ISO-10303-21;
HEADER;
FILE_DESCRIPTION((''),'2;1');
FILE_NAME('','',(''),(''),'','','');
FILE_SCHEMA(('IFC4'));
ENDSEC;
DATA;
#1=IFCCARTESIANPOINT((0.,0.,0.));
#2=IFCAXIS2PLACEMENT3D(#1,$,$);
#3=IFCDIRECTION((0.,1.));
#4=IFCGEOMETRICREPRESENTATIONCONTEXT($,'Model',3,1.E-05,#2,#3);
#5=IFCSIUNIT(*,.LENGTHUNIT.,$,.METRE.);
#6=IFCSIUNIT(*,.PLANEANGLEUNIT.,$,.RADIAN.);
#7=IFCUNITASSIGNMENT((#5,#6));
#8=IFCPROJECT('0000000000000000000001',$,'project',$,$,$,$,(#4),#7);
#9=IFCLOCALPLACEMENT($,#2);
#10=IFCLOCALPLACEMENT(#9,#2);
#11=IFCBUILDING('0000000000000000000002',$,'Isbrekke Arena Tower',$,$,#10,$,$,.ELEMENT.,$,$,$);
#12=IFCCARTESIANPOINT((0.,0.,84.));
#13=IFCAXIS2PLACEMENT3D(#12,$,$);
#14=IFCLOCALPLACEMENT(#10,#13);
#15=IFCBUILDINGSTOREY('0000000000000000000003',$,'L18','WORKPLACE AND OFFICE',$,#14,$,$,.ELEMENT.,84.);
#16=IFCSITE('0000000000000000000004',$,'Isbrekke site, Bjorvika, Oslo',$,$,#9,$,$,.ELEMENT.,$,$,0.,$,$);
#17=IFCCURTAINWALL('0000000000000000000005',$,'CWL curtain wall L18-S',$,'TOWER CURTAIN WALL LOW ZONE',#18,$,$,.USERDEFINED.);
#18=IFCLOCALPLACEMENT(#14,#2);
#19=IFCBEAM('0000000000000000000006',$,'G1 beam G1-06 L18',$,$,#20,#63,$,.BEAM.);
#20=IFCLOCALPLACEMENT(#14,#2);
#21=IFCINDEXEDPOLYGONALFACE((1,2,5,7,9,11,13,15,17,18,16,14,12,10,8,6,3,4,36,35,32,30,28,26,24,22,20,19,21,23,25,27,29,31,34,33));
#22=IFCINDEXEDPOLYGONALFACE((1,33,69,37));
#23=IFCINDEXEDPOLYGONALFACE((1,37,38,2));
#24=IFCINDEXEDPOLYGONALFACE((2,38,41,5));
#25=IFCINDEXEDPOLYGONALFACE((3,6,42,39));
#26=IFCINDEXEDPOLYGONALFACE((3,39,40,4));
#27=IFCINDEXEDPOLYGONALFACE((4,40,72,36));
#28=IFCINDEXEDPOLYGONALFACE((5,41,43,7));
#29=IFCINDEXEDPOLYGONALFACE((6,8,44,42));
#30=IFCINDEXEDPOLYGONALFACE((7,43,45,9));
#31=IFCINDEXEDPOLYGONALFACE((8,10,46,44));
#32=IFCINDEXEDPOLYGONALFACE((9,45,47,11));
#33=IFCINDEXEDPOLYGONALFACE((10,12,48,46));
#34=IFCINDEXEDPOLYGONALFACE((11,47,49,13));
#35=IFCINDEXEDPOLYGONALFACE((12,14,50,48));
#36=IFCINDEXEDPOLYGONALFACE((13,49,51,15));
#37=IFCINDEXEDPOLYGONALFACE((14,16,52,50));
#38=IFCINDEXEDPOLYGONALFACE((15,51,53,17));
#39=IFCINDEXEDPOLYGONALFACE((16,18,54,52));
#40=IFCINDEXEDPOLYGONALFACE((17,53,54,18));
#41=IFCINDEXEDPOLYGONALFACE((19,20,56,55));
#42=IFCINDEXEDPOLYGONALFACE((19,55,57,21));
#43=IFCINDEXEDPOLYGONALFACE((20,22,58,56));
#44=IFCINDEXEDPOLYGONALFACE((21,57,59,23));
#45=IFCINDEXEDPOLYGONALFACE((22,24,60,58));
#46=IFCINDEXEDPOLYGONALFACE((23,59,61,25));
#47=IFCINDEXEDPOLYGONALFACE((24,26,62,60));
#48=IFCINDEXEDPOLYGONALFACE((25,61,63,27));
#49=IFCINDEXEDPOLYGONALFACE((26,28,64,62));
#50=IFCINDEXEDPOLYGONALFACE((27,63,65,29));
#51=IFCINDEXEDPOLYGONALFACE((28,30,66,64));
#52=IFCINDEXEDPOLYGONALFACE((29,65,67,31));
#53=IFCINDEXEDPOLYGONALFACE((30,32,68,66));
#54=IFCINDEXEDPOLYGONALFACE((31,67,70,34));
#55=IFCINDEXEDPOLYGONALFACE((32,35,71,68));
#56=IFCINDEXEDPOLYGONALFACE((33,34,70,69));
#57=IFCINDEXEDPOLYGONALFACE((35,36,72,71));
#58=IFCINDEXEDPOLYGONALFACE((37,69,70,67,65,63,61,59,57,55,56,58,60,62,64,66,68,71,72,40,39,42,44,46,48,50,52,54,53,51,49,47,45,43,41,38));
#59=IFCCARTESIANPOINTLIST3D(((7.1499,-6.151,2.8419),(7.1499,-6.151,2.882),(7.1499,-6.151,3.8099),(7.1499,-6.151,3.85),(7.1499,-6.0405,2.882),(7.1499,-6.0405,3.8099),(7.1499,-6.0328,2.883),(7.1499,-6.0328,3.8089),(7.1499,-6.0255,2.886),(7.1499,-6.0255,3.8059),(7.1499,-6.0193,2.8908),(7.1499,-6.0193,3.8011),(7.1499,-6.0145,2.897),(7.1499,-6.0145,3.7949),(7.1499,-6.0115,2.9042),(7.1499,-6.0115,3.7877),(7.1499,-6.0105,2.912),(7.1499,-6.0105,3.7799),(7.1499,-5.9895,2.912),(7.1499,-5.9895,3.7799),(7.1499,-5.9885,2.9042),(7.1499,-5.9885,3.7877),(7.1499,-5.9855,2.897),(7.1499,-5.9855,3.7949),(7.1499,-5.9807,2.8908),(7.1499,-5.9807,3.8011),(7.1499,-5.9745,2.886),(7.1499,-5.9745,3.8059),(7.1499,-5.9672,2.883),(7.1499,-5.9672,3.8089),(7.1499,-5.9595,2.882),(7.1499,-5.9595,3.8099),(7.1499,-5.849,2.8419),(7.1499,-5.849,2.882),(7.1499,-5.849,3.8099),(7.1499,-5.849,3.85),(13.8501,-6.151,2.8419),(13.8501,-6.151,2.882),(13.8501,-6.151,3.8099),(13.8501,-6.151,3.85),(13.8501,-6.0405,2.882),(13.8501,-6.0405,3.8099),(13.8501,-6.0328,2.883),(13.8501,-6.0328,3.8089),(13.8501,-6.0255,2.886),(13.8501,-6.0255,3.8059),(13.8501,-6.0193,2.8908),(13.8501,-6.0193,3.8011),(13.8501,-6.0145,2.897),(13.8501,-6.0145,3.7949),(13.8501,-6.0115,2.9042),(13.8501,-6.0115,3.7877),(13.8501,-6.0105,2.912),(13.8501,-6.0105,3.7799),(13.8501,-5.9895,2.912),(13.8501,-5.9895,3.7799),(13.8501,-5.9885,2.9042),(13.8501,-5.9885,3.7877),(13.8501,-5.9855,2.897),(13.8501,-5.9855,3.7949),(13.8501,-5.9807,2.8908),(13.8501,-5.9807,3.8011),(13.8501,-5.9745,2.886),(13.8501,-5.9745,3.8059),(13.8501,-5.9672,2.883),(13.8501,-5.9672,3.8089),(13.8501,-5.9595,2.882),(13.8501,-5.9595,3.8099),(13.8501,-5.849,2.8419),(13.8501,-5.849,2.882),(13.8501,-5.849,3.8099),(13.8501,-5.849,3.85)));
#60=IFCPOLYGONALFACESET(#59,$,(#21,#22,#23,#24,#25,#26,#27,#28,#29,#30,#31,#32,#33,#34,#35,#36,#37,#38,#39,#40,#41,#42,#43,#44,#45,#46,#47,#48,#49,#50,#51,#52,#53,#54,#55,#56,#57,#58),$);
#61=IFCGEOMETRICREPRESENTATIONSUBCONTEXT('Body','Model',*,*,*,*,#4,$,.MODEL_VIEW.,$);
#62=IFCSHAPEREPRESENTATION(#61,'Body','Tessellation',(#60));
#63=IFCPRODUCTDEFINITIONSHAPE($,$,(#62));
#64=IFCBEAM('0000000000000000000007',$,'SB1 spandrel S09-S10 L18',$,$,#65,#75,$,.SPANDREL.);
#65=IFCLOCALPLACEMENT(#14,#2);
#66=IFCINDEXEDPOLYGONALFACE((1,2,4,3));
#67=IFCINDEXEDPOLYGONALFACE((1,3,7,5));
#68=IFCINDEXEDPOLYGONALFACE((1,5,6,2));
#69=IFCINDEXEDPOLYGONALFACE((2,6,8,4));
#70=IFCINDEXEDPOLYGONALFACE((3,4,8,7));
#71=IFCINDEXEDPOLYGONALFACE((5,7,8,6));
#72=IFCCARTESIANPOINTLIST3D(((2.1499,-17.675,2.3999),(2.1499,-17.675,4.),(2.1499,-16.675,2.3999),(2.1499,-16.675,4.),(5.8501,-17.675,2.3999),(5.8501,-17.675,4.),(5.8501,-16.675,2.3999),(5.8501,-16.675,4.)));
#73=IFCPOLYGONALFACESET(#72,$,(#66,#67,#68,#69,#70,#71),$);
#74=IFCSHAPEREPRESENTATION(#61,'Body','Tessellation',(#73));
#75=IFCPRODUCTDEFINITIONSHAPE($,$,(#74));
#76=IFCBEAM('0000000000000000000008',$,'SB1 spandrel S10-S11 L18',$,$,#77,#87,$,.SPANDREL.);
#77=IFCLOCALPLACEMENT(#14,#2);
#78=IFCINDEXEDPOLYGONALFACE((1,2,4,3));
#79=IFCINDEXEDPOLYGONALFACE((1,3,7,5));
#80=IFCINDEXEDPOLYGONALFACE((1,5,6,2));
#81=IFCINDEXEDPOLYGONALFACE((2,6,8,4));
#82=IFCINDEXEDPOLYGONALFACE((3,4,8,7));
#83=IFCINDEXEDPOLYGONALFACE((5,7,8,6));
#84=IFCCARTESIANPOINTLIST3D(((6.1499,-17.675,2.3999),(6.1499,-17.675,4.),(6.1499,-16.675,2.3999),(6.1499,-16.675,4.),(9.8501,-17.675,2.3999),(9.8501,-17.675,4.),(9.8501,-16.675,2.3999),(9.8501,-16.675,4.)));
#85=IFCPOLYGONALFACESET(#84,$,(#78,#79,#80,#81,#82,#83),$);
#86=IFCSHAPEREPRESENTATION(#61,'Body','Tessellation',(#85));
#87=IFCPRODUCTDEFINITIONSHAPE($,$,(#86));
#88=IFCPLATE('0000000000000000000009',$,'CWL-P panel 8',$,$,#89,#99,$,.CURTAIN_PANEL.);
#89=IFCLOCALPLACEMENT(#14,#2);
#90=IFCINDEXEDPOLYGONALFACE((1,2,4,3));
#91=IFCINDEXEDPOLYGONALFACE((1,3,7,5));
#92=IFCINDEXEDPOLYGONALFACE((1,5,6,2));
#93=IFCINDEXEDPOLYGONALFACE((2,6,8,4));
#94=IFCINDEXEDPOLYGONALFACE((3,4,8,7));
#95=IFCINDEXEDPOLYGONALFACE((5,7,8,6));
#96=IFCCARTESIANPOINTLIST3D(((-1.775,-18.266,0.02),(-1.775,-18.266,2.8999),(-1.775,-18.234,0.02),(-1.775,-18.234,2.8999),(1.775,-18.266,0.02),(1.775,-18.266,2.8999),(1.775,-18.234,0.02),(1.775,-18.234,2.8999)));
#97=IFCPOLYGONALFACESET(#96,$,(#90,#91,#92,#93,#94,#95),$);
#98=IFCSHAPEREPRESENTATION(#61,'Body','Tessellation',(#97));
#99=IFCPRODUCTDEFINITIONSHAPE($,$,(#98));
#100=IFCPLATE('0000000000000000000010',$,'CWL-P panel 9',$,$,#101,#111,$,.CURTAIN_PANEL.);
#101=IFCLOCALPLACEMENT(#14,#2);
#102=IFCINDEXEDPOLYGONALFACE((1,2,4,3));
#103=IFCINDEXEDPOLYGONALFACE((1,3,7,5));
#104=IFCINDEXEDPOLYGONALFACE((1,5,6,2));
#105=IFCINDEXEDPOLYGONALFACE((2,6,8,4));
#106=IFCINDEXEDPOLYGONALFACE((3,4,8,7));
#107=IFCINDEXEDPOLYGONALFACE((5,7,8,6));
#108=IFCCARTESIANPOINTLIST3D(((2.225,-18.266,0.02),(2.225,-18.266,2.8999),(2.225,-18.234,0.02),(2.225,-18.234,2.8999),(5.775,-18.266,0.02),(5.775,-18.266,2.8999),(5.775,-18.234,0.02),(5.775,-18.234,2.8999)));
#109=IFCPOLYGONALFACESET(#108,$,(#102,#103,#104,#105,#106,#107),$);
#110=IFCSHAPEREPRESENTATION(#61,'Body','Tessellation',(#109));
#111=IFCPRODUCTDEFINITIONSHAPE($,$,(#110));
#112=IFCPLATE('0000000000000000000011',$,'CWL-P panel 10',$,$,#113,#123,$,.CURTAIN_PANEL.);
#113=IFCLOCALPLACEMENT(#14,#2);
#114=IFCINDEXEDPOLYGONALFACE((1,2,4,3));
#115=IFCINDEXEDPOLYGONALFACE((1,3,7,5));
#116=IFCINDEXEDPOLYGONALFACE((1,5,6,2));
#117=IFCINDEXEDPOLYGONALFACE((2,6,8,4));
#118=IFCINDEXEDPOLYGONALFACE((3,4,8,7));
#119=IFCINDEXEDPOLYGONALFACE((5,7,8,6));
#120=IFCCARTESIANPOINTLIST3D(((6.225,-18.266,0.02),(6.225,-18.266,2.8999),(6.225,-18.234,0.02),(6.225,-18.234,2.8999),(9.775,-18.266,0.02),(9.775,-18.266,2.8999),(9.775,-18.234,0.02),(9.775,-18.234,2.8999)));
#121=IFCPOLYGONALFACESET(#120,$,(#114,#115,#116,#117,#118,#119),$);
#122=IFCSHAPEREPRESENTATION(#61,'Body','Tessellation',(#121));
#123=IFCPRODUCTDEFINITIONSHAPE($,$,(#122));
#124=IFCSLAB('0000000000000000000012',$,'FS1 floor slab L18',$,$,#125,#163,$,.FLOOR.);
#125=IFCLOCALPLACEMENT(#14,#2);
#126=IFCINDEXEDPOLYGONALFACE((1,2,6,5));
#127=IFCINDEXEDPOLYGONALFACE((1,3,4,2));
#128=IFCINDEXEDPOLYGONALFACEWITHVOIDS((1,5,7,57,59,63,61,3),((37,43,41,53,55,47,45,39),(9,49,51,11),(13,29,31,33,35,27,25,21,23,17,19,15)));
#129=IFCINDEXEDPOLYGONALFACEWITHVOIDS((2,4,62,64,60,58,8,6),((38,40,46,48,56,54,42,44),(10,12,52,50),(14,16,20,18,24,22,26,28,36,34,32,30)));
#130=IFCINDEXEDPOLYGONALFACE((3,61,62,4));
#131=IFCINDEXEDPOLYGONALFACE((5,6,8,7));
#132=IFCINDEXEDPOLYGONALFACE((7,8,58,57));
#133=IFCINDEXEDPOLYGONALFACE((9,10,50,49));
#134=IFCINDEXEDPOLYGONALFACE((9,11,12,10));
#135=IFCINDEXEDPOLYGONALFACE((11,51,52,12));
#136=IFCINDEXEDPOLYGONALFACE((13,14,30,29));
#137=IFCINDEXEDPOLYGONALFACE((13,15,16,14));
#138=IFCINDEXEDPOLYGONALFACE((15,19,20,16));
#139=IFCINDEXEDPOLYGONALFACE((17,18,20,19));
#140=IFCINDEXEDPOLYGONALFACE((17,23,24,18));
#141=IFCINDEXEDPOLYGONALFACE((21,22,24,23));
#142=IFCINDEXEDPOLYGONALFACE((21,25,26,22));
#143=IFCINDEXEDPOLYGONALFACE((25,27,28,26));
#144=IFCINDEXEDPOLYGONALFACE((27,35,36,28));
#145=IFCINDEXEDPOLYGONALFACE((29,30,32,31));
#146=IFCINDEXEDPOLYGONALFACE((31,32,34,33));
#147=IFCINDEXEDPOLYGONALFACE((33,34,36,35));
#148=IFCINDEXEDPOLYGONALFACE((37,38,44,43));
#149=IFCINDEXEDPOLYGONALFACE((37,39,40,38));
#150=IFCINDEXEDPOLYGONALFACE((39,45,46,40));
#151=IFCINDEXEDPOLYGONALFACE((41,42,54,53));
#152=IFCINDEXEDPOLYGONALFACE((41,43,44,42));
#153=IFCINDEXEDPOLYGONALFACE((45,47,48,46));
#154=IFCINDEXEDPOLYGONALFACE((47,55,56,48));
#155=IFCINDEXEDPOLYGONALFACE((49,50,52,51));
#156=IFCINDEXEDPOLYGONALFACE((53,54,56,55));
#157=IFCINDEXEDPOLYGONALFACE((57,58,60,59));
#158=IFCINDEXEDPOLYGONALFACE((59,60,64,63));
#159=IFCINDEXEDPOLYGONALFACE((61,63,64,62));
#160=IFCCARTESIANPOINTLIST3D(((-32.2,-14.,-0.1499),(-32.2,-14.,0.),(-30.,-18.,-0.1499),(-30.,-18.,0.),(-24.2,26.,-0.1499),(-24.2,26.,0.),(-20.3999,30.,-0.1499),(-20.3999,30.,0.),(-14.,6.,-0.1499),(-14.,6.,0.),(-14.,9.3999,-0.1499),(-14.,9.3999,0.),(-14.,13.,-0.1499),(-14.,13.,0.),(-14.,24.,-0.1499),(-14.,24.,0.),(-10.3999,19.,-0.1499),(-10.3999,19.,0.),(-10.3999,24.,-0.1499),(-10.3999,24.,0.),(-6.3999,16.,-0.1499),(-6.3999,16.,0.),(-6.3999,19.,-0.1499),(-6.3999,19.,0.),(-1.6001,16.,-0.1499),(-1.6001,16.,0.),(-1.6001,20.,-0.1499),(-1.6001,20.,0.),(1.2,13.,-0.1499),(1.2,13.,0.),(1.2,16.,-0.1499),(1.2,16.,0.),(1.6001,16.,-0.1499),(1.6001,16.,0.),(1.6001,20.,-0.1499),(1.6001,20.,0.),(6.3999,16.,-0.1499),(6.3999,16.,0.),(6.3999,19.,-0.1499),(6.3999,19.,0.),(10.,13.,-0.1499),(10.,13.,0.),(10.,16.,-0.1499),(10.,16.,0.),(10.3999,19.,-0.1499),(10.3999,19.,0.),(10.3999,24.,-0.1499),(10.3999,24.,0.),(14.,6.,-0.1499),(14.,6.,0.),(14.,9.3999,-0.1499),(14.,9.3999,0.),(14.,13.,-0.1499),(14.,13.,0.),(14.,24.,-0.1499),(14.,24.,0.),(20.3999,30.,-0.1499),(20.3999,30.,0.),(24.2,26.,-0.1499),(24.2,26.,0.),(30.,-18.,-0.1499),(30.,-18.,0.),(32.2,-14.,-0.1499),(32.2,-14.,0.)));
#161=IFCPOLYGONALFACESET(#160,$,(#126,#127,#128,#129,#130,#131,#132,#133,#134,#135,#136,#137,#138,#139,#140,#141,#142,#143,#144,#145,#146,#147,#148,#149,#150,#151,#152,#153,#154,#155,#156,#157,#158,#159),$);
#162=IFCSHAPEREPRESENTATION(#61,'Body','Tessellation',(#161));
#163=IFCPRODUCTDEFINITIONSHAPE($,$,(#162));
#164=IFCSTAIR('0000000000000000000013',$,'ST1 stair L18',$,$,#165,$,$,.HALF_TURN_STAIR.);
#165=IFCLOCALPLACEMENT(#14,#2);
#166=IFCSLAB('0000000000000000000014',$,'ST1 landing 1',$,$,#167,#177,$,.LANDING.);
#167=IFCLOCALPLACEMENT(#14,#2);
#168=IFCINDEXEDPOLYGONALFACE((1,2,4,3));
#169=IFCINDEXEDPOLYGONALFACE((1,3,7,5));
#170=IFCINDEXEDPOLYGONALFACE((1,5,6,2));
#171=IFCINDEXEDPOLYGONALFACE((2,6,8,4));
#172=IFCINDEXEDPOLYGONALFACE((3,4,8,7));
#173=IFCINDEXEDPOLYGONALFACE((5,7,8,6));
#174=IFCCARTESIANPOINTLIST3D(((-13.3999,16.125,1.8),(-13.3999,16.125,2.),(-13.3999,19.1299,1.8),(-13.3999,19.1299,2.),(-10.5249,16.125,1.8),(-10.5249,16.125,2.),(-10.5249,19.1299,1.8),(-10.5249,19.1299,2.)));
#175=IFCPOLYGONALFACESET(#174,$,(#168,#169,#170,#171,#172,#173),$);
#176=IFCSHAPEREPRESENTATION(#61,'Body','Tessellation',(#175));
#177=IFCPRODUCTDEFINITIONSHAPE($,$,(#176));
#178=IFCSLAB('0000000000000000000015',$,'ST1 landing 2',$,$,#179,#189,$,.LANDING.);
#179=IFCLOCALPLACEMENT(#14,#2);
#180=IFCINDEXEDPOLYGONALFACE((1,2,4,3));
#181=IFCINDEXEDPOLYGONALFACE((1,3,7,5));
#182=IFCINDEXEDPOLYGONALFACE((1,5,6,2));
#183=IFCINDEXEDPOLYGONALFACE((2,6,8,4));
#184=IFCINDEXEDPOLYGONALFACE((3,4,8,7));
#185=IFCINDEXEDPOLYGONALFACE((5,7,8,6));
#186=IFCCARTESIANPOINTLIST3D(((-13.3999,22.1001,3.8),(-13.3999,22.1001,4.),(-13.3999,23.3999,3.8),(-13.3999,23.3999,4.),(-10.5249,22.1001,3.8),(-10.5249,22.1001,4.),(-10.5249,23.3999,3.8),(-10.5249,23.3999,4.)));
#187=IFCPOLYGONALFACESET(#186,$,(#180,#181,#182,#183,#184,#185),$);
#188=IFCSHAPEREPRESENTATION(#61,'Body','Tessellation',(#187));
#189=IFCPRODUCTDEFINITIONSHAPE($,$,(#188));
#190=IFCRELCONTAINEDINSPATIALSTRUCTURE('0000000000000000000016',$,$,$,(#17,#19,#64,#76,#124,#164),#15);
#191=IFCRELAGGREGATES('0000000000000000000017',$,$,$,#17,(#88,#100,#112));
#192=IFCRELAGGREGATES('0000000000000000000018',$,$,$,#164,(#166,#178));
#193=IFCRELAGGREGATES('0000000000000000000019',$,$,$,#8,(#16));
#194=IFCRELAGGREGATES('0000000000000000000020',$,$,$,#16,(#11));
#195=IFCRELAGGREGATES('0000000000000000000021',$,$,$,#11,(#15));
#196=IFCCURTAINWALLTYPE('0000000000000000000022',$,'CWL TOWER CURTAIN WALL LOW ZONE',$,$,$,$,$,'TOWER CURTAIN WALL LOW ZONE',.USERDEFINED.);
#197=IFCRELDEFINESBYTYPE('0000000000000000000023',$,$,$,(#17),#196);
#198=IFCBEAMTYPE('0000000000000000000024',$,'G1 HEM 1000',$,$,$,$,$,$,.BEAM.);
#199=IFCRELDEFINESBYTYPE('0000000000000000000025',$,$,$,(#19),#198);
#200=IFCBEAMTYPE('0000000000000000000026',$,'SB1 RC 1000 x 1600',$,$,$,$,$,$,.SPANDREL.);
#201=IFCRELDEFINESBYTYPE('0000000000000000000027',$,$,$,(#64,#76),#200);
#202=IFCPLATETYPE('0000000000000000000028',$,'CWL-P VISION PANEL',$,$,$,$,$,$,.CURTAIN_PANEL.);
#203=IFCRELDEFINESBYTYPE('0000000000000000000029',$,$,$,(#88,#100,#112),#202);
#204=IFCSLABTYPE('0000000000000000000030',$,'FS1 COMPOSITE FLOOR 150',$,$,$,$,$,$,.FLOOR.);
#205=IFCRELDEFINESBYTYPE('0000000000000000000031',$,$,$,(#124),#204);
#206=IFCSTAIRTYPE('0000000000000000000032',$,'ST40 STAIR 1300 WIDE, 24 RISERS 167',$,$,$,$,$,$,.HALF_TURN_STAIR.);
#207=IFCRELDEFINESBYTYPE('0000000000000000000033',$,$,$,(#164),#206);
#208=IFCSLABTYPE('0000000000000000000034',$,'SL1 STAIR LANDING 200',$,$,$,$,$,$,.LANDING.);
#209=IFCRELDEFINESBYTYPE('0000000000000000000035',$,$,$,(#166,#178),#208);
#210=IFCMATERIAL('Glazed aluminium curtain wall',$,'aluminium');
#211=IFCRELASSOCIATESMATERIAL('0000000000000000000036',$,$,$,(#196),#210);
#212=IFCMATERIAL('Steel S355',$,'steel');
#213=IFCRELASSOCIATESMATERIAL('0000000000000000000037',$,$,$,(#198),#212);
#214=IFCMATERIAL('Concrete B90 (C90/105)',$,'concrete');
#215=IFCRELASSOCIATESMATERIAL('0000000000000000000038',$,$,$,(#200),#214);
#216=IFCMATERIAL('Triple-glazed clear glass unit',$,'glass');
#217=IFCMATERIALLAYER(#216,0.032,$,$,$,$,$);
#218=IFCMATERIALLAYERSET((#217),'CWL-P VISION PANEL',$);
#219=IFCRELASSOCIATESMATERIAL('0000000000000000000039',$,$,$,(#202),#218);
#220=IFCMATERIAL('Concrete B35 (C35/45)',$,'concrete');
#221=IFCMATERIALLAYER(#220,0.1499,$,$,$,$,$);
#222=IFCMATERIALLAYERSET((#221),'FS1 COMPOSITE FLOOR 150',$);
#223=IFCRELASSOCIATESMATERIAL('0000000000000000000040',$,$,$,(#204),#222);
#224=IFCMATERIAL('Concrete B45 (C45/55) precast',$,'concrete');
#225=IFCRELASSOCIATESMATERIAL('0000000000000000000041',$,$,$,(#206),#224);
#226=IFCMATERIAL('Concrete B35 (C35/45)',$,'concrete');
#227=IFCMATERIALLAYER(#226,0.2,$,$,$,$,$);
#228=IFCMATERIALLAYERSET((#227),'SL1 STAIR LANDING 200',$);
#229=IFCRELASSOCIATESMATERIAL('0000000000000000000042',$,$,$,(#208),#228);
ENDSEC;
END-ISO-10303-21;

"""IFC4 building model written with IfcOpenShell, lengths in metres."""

from ifc_helpers import new_model, si_unit, direction, frame, origin, origin_2d, place, context, subcontext, project, spatial, polyline, rectangle, i_section, outline, extrude, material, layer, layer_set, material_profile, profile_set, type_object, element, aggregate, save


model = new_model("IFC4")

# Units and contexts
model_context = context("Model", 3, precision=1e-05, world=origin(), true_north=direction((0.0, 1.0)))
body_context = subcontext(model_context, "Body", "Model", "MODEL_VIEW")
ifc_project = project(units=[si_unit("LENGTHUNIT", "METRE"), si_unit("PLANEANGLEUNIT", "RADIAN")], contexts=[model_context])

# Site, building, storey
site_placement = place(None, origin())
site = spatial("IfcSite", under=ifc_project, at=site_placement, Name="Isbrekke site, Bjorvika, Oslo", CompositionType="ELEMENT", RefElevation=0.0)
building_placement = place(site_placement, origin())
building = spatial("IfcBuilding", under=site, at=building_placement, Name="Isbrekke Arena Tower", CompositionType="ELEMENT")
storey_placement = place(building_placement, frame((0.0, 0.0, 84.0)))
storey = spatial("IfcBuildingStorey", under=building, at=storey_placement, Name="L18", Description="WORKPLACE AND OFFICE", CompositionType="ELEMENT", Elevation=84.0)

# Curtain wall
ifc_material_1 = material(Name="Glazed aluminium curtain wall", Category="aluminium")
curtain_wall_type = type_object("IfcCurtainWallType", Name="CWL TOWER CURTAIN WALL LOW ZONE", ElementType="TOWER CURTAIN WALL LOW ZONE", PredefinedType="USERDEFINED", material=ifc_material_1)
curtain_wall_placement = place(storey_placement, origin())
curtain_wall = element("IfcCurtainWall", 1, at=curtain_wall_placement, inside=storey, type_object=curtain_wall_type, Name="CWL curtain wall L18-S", ObjectType="TOWER CURTAIN WALL LOW ZONE", PredefinedType="USERDEFINED")

# Beams
ifc_material_2 = material(Name="Steel S355", Category="steel")
ifc_material_profile_1 = material_profile(ifc_material_2, i_section(OverallWidth=0.302, OverallDepth=1.0081, WebThickness=0.021, FlangeThickness=0.04, FilletRadius=0.03, at=origin_2d()), Name="HEM 1000")
ifc_profile_set_1 = profile_set([ifc_material_profile_1], Name="Steel S355")
beam_type_1 = type_object("IfcBeamType", Name="G1 HEM 1000", PredefinedType="BEAM", material=ifc_profile_set_1)
for number, where, z_axis, x_axis, name in (
    (2, (7.1499, -6.0, 3.3459), (1.0, 0.0, 0.0), (0.0, 1.0, 0.0), "G1 beam G1-06 L18"),
):
    element("IfcBeam", number, at=place(storey_placement, frame(where, z_axis=z_axis, x_axis=x_axis)), inside=storey, type_object=beam_type_1, Name=name, PredefinedType="BEAM", context=body_context, shape_type="SweptSolid", body=[
        extrude(i_section(OverallWidth=0.302, OverallDepth=1.0081, WebThickness=0.021, FlangeThickness=0.04, FilletRadius=0.03, at=origin_2d()), origin(), (0.0, 0.0, 1.0), 6.7002),
    ])
ifc_material_3 = material(Name="Concrete B90 (C90/105)", Category="concrete")
ifc_material_profile_2 = material_profile(ifc_material_3, rectangle(XDim=1.0, YDim=1.6001, at=origin_2d()), Name="RC 1000x1600")
ifc_profile_set_2 = profile_set([ifc_material_profile_2], Name="Concrete B90 (C90/105)")
beam_type_2 = type_object("IfcBeamType", Name="SB1 RC 1000 x 1600", PredefinedType="SPANDREL", material=ifc_profile_set_2)
for number, where, z_axis, x_axis, name in (
    (3, (2.1499, -17.175, 3.2), (1.0, 0.0, 0.0), (0.0, 1.0, 0.0), "SB1 spandrel S09-S10 L18"),
    (4, (6.1499, -17.175, 3.2), (1.0, 0.0, 0.0), (0.0, 1.0, 0.0), "SB1 spandrel S10-S11 L18"),
):
    element("IfcBeam", number, at=place(storey_placement, frame(where, z_axis=z_axis, x_axis=x_axis)), inside=storey, type_object=beam_type_2, Name=name, PredefinedType="SPANDREL", context=body_context, shape_type="SweptSolid", body=[
        extrude(rectangle(XDim=1.0, YDim=1.6001, at=origin_2d()), origin(), (0.0, 0.0, 1.0), 3.7002),
    ])

# Plates
ifc_material_4 = material(Name="Triple-glazed clear glass unit", Category="glass")
ifc_layer_1 = layer(ifc_material_4, 0.032)
ifc_layer_set_1 = layer_set([ifc_layer_1], Name="CWL-P VISION PANEL")
plate_type = type_object("IfcPlateType", Name="CWL-P VISION PANEL", PredefinedType="CURTAIN_PANEL", material=ifc_layer_set_1)
plate_1_placement = place(storey_placement, frame((0.0, -18.25, 0.02), z_axis=(0.0, 0.0, 1.0), x_axis=(1.0, 0.0, 0.0)))
plate_1 = element("IfcPlate", 5, at=plate_1_placement, type_object=plate_type, Name="CWL-P panel 8", PredefinedType="CURTAIN_PANEL", context=body_context, shape_type="SweptSolid", body=[
    extrude(rectangle(XDim=3.55, YDim=0.032, at=origin_2d()), origin(), (0.0, 0.0, 1.0), 2.8799),
])
plate_2_placement = place(storey_placement, frame((4.0, -18.25, 0.02), z_axis=(0.0, 0.0, 1.0), x_axis=(1.0, 0.0, 0.0)))
plate_2 = element("IfcPlate", 6, at=plate_2_placement, type_object=plate_type, Name="CWL-P panel 9", PredefinedType="CURTAIN_PANEL", context=body_context, shape_type="SweptSolid", body=[
    extrude(rectangle(XDim=3.55, YDim=0.032, at=origin_2d()), origin(), (0.0, 0.0, 1.0), 2.8799),
])
plate_3_placement = place(storey_placement, frame((8.0, -18.25, 0.02), z_axis=(0.0, 0.0, 1.0), x_axis=(1.0, 0.0, 0.0)))
plate_3 = element("IfcPlate", 7, at=plate_3_placement, type_object=plate_type, Name="CWL-P panel 10", PredefinedType="CURTAIN_PANEL", context=body_context, shape_type="SweptSolid", body=[
    extrude(rectangle(XDim=3.55, YDim=0.032, at=origin_2d()), origin(), (0.0, 0.0, 1.0), 2.8799),
])
aggregate(curtain_wall, [plate_1, plate_2, plate_3])

# Slab
ifc_material_5 = material(Name="Concrete B35 (C35/45)", Category="concrete")
ifc_layer_2 = layer(ifc_material_5, 0.1499)
ifc_layer_set_2 = layer_set([ifc_layer_2], Name="FS1 COMPOSITE FLOOR 150")
slab_type_1 = type_object("IfcSlabType", Name="FS1 COMPOSITE FLOOR 150", PredefinedType="FLOOR", material=ifc_layer_set_2)
slab_1_placement = place(storey_placement, frame((0.0, 0.0, -0.1499)))
element("IfcSlab", 8, at=slab_1_placement, inside=storey, type_object=slab_type_1, Name="FS1 floor slab L18", PredefinedType="FLOOR", context=body_context, shape_type="SweptSolid", body=[
    extrude(outline(polyline([(-30.0, -18.0), (30.0, -18.0), (32.2, -14.0), (24.2, 26.0), (20.3999, 30.0), (-20.3999, 30.0), (-24.2, 26.0), (-32.2, -14.0), (-30.0, -18.0)]), holes=[polyline([(14.0, 9.3999), (14.0, 6.0), (-14.0, 6.0), (-14.0, 9.3999), (14.0, 9.3999)]), polyline([(-6.3999, 19.0), (-6.3999, 16.0), (-1.6001, 16.0), (-1.6001, 20.0), (1.6001, 20.0), (1.6001, 16.0), (1.2, 16.0), (1.2, 13.0), (-14.0, 13.0), (-14.0, 24.0), (-10.3999, 24.0), (-10.3999, 19.0), (-6.3999, 19.0)]), polyline([(10.0, 13.0), (10.0, 16.0), (6.3999, 16.0), (6.3999, 19.0), (10.3999, 19.0), (10.3999, 24.0), (14.0, 24.0), (14.0, 13.0), (10.0, 13.0)])]), origin(), (0.0, 0.0, 1.0), 0.1499),
])

# Stair, slabs
ifc_material_6 = material(Name="Concrete B45 (C45/55) precast", Category="concrete")
stair_type = type_object("IfcStairType", Name="ST40 STAIR 1300 WIDE, 24 RISERS 167", PredefinedType="HALF_TURN_STAIR", material=ifc_material_6)
stair_1_placement = place(storey_placement, origin())
stair_1 = element("IfcStair", 9, at=stair_1_placement, inside=storey, type_object=stair_type, Name="ST1 stair L18", PredefinedType="HALF_TURN_STAIR")
ifc_material_7 = material(Name="Concrete B35 (C35/45)", Category="concrete")
ifc_layer_3 = layer(ifc_material_7, 0.2)
ifc_layer_set_3 = layer_set([ifc_layer_3], Name="SL1 STAIR LANDING 200")
slab_type_2 = type_object("IfcSlabType", Name="SL1 STAIR LANDING 200", PredefinedType="LANDING", material=ifc_layer_set_3)
slab_2_placement = place(storey_placement, frame((0.0, 0.0, 1.8)))
slab_2 = element("IfcSlab", 10, at=slab_2_placement, type_object=slab_type_2, Name="ST1 landing 1", PredefinedType="LANDING", context=body_context, shape_type="SweptSolid", body=[
    extrude(outline(polyline([(-13.3999, 16.125), (-10.5249, 16.125), (-10.5249, 19.1299), (-13.3999, 19.1299), (-13.3999, 16.125)])), origin(), (0.0, 0.0, 1.0), 0.2),
])
slab_3_placement = place(storey_placement, frame((0.0, 0.0, 3.8)))
slab_3 = element("IfcSlab", 11, at=slab_3_placement, type_object=slab_type_2, Name="ST1 landing 2", PredefinedType="LANDING", context=body_context, shape_type="SweptSolid", body=[
    extrude(outline(polyline([(-13.3999, 22.1001), (-10.5249, 22.1001), (-10.5249, 23.3999), (-13.3999, 23.3999), (-13.3999, 22.1001)])), origin(), (0.0, 0.0, 1.0), 0.2),
])
aggregate(stair_1, [slab_2, slab_3])

save(model, "model.ifc")
